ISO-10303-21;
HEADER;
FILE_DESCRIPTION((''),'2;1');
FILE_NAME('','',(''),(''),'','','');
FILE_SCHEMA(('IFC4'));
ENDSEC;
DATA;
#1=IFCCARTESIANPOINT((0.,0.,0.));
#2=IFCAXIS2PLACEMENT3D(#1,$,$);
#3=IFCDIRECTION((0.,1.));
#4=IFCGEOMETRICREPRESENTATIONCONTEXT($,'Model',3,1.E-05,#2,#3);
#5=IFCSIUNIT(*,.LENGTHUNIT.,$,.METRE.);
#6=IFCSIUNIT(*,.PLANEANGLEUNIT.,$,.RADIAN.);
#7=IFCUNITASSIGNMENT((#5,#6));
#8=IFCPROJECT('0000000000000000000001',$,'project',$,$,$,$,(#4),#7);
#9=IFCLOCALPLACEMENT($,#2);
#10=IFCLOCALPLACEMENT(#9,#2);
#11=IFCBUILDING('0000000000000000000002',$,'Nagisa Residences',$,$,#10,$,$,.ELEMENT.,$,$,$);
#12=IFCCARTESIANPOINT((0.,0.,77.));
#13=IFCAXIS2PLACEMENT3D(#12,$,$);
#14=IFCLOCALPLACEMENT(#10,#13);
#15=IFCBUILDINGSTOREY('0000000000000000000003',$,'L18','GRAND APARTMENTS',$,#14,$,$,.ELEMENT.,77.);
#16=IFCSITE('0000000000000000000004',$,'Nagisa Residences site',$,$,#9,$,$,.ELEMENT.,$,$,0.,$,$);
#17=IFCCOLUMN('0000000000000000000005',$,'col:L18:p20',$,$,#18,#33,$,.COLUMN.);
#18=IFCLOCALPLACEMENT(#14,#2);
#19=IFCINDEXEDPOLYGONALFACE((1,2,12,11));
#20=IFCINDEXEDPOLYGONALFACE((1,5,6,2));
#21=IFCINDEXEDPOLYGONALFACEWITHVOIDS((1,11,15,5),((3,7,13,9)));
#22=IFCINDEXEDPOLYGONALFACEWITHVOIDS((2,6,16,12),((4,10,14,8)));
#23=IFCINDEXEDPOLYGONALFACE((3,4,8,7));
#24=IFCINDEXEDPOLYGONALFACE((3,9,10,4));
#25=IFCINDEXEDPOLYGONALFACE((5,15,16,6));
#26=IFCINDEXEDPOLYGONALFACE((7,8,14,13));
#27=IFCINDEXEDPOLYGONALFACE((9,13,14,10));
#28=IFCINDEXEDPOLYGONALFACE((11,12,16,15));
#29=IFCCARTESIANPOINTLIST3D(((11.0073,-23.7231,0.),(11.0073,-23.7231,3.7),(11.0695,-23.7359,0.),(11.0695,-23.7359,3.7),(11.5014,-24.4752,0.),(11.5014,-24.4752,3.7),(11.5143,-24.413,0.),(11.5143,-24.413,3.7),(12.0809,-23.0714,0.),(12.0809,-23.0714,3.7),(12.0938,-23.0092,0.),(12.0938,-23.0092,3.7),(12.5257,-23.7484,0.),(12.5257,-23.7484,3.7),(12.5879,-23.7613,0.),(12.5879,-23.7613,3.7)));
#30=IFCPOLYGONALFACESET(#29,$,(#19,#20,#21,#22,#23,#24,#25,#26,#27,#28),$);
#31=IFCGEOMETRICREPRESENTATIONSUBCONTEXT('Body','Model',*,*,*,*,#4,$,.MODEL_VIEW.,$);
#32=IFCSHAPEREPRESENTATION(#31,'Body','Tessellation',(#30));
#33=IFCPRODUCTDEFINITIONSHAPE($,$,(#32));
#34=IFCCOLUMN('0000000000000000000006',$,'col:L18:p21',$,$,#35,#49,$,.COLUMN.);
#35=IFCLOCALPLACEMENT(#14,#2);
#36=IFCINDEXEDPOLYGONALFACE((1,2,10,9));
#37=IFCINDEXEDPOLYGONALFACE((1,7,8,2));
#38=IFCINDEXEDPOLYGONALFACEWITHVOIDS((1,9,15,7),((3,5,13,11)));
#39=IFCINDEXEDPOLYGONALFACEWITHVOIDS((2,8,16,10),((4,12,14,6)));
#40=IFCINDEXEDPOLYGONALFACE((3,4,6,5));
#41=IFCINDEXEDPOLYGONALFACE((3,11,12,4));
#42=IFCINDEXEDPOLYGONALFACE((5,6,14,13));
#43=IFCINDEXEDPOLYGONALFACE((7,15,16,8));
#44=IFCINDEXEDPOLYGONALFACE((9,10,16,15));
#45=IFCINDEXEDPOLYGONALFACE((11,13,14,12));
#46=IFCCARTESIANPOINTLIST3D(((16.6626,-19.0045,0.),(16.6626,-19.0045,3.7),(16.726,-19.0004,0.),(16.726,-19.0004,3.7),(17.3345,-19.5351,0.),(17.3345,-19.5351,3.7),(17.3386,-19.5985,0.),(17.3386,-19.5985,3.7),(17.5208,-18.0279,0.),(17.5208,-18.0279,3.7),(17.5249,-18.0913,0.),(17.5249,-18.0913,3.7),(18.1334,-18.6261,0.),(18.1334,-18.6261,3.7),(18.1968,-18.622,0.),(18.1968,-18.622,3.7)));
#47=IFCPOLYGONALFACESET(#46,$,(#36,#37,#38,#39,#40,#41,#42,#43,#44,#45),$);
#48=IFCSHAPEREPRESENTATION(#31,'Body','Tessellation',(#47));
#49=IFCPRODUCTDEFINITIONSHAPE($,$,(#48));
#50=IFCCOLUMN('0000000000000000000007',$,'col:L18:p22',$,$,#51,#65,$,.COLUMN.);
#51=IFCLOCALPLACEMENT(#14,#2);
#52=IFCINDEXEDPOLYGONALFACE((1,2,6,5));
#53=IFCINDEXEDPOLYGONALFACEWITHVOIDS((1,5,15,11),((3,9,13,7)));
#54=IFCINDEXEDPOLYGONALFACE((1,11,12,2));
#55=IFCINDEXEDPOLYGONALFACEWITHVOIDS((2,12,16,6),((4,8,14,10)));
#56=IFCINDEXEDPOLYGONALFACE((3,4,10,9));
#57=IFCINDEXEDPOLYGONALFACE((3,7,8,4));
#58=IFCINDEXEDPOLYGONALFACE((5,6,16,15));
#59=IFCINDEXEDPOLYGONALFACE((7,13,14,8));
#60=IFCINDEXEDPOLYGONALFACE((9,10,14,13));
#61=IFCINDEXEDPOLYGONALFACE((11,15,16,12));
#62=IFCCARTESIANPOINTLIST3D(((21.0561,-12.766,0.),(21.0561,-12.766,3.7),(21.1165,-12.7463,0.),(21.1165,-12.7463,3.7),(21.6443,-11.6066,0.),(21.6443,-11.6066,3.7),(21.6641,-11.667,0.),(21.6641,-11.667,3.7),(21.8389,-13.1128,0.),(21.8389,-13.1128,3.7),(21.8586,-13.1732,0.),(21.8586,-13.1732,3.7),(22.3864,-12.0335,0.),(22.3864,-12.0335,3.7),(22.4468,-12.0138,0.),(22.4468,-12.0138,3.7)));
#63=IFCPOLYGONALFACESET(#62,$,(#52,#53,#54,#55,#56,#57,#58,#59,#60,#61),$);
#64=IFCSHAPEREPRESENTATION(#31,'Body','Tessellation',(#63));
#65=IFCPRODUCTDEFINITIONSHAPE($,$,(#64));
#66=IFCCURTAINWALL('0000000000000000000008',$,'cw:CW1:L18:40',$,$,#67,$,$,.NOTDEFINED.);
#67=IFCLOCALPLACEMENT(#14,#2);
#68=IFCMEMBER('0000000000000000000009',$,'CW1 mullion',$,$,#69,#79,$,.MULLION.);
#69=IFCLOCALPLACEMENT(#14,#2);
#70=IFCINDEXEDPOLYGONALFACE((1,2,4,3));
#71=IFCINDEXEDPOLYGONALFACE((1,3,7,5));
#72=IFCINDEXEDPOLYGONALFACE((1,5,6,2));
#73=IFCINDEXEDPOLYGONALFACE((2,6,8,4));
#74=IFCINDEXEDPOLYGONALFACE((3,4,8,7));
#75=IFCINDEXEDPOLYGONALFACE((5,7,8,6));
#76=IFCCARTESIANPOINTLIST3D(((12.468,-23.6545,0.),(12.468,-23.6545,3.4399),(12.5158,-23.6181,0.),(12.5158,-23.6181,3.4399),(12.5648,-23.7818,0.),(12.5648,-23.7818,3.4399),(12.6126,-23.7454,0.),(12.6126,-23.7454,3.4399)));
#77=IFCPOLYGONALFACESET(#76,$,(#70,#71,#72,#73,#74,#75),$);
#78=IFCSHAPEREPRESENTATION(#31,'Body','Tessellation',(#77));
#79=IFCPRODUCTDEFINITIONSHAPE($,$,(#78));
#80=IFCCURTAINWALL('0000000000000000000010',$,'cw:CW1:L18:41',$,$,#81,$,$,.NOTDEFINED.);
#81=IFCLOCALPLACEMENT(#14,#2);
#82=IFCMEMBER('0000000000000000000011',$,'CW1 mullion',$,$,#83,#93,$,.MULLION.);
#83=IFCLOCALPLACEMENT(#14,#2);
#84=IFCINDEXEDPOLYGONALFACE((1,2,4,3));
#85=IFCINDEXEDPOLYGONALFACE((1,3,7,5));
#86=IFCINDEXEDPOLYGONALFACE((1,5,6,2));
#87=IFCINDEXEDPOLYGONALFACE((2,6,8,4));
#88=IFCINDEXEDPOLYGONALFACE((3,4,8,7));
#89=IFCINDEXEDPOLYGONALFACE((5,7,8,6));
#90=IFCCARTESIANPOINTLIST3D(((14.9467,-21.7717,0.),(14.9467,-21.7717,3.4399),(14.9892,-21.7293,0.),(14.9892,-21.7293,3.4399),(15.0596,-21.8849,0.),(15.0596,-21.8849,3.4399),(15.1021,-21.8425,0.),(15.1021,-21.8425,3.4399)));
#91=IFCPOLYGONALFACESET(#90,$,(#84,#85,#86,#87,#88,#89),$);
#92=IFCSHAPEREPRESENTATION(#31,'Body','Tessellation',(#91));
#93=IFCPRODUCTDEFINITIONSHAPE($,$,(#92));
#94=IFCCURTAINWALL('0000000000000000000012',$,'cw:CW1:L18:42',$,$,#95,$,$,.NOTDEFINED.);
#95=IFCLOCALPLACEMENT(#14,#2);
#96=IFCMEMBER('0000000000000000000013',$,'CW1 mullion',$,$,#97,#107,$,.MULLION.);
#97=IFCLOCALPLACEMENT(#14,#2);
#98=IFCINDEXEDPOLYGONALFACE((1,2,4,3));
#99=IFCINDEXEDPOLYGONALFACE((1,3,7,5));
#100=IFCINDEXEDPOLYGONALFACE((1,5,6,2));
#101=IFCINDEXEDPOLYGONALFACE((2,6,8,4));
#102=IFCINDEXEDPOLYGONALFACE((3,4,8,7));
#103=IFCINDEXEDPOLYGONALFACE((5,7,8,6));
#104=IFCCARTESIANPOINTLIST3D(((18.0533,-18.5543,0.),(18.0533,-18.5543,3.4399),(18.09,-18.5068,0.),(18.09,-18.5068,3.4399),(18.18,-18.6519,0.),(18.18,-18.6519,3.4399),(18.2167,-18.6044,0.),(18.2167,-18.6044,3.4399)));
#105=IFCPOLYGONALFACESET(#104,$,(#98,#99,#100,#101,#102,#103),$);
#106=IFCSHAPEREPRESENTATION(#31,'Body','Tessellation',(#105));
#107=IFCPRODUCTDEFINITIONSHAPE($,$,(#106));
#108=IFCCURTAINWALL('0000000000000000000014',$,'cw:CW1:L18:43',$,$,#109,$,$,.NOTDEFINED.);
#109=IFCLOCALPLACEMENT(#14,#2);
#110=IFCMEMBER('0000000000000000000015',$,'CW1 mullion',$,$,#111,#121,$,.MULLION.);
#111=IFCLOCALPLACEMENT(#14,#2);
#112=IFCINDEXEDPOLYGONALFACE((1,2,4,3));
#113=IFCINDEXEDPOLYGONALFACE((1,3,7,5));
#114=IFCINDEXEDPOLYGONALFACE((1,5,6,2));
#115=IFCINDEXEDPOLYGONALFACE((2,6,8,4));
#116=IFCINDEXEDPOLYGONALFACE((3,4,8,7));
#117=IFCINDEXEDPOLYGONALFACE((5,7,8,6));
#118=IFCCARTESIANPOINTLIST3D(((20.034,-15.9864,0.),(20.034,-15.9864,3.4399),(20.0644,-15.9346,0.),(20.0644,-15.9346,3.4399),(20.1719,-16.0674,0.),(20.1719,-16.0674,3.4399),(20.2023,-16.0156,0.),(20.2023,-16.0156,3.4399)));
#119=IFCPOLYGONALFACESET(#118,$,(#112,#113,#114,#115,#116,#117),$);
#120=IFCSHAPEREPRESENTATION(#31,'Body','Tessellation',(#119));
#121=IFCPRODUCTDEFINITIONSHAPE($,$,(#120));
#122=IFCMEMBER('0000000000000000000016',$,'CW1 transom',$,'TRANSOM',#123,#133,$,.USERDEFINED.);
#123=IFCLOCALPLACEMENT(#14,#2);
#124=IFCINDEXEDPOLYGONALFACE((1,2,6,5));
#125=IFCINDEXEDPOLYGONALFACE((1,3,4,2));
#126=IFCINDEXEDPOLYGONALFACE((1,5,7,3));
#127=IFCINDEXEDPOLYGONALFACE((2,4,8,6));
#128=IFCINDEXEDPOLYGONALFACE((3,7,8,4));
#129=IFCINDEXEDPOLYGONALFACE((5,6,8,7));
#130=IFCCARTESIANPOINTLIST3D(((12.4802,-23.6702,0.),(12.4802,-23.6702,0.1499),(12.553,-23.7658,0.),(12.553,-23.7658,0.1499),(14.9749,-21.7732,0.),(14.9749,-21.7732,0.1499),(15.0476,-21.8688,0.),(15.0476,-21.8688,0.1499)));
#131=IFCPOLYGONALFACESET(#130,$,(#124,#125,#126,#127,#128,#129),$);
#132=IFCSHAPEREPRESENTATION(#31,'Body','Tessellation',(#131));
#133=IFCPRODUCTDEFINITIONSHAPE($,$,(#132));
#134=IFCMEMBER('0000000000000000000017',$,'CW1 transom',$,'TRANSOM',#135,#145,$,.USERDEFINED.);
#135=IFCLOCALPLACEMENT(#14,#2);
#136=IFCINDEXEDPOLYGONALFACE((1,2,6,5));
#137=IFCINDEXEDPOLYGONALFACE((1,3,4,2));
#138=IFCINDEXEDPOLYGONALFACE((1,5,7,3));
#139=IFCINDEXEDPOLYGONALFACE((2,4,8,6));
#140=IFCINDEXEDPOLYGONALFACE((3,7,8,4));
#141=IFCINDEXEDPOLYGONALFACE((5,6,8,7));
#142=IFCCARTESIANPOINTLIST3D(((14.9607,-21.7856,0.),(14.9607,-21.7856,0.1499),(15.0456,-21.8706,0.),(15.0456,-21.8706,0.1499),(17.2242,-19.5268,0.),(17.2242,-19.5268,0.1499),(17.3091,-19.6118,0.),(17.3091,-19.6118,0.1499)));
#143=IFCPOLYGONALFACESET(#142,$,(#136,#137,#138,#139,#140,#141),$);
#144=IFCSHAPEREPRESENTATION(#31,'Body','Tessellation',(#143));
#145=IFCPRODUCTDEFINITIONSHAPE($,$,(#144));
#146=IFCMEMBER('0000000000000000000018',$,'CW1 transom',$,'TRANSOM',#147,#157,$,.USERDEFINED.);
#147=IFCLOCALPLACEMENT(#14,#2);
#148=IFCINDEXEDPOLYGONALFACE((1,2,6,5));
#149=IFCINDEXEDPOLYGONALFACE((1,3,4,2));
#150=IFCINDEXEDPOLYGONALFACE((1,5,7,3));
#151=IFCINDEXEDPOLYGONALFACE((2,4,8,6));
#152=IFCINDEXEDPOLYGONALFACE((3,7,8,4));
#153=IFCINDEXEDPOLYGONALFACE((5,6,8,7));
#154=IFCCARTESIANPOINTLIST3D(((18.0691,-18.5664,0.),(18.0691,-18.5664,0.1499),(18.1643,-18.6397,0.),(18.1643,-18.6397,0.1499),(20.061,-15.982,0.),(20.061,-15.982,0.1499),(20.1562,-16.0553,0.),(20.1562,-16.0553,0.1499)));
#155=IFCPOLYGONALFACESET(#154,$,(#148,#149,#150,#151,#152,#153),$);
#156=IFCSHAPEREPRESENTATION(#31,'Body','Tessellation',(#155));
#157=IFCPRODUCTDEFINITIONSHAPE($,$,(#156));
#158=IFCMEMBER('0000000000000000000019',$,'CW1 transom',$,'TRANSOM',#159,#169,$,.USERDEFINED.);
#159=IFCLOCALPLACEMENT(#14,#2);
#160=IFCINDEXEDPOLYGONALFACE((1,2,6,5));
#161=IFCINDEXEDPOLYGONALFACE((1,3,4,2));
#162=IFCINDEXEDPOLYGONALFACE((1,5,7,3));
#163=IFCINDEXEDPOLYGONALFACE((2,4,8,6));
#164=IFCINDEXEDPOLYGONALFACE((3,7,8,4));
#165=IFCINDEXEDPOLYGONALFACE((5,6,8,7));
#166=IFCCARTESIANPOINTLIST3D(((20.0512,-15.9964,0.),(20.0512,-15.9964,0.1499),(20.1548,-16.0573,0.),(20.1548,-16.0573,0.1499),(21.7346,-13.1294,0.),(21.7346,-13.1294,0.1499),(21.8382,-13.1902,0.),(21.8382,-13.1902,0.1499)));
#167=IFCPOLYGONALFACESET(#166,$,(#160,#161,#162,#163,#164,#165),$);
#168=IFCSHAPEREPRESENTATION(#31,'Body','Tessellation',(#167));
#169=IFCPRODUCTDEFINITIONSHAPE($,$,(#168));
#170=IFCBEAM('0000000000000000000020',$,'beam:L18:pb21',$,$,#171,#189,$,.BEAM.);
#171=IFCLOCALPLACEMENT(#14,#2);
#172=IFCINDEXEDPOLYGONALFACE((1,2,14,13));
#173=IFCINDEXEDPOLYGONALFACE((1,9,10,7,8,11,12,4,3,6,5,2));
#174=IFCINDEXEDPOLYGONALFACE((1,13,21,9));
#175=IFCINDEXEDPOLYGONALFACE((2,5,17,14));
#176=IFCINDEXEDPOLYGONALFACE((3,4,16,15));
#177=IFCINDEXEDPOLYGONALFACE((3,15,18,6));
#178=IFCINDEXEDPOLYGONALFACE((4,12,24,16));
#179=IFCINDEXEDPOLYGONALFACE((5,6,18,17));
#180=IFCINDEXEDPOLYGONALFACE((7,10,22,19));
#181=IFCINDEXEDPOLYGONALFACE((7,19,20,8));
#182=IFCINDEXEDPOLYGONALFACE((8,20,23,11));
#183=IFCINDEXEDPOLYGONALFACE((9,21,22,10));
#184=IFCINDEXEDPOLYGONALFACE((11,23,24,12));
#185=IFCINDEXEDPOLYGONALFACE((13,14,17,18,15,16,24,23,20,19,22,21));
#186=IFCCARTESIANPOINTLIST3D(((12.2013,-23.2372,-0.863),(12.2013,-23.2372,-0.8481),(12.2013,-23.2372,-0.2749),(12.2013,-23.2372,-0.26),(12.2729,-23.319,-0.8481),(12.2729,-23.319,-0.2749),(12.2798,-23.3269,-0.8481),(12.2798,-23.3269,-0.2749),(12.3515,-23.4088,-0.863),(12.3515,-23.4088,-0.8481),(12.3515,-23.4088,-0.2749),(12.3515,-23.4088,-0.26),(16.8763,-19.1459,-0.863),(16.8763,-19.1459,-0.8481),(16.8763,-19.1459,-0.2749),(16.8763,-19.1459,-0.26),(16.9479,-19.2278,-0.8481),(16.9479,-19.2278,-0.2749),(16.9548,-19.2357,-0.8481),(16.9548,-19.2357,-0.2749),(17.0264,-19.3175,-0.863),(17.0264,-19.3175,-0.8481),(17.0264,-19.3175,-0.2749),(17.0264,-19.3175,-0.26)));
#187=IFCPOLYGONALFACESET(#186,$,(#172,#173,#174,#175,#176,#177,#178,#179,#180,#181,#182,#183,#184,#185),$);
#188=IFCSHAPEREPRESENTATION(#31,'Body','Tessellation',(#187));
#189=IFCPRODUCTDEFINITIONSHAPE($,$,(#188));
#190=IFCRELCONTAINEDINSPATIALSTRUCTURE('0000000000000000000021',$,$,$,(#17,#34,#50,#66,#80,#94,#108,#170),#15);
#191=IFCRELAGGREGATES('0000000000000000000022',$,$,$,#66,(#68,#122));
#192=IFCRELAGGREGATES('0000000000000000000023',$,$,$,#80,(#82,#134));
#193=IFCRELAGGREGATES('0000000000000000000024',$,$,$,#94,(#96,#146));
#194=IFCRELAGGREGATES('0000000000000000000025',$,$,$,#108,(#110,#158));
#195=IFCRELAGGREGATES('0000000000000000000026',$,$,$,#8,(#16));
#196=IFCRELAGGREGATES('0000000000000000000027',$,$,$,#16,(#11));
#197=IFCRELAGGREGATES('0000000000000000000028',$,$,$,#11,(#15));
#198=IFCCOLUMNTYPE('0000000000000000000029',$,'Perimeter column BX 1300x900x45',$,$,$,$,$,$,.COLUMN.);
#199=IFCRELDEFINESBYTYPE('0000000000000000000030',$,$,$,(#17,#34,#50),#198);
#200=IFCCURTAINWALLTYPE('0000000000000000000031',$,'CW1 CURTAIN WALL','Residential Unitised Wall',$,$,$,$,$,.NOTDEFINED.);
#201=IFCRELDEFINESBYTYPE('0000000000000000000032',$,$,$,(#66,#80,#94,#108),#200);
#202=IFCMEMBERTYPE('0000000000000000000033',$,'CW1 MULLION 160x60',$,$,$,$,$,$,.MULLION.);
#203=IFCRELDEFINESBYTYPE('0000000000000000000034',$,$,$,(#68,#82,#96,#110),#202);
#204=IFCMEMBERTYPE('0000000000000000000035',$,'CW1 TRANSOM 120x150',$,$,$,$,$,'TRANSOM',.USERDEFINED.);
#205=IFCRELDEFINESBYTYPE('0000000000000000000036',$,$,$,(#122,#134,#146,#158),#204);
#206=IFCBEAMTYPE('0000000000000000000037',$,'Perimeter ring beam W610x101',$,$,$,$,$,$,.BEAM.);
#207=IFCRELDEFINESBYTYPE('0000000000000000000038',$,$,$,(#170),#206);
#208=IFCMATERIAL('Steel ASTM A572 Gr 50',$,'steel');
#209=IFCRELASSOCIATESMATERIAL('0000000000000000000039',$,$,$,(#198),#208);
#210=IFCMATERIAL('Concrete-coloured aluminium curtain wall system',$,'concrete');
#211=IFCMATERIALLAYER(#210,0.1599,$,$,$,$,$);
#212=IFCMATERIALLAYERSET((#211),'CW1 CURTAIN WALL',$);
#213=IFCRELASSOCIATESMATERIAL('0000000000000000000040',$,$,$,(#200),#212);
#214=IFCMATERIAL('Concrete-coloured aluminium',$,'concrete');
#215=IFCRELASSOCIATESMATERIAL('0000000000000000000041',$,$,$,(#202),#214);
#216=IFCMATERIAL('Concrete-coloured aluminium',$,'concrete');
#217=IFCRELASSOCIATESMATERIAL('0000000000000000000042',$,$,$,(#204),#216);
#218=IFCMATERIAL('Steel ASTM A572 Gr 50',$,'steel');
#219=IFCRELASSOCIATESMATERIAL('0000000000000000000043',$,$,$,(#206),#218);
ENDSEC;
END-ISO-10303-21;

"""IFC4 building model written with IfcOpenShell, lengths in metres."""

from ifc_helpers import new_model, si_unit, direction, frame, origin, origin_2d, place, context, subcontext, project, spatial, rectangle, hollow_rectangle, i_section, extrude, material, layer, layer_set, material_profile, profile_set, type_object, element, aggregate, save


model = new_model("IFC4")

# Units and contexts
model_context = context("Model", 3, precision=1e-05, world=origin(), true_north=direction((0.0, 1.0)))
body_context = subcontext(model_context, "Body", "Model", "MODEL_VIEW")
ifc_project = project(units=[si_unit("LENGTHUNIT", "METRE"), si_unit("PLANEANGLEUNIT", "RADIAN")], contexts=[model_context])

# Site, building, storey
site_placement = place(None, origin())
site = spatial("IfcSite", under=ifc_project, at=site_placement, Name="Nagisa Residences site", CompositionType="ELEMENT", RefElevation=0.0)
building_placement = place(site_placement, origin())
building = spatial("IfcBuilding", under=site, at=building_placement, Name="Nagisa Residences", CompositionType="ELEMENT")
storey_placement = place(building_placement, frame((0.0, 0.0, 77.0)))
storey = spatial("IfcBuildingStorey", under=building, at=storey_placement, Name="L18", Description="GRAND APARTMENTS", CompositionType="ELEMENT", Elevation=77.0)

# Columns
ifc_material_1 = material(Name="Steel ASTM A572 Gr 50", Category="steel")
ifc_material_profile_1 = material_profile(ifc_material_1, hollow_rectangle(XDim=1.3, YDim=0.8999, WallThickness=0.0449, at=origin_2d()), Name="BX 1300x900x45")
ifc_profile_set_1 = profile_set([ifc_material_profile_1], Name="Steel ASTM A572 Gr 50")
column_type = type_object("IfcColumnType", Name="Perimeter column BX 1300x900x45", PredefinedType="COLUMN", material=ifc_profile_set_1)
for number, where, z_axis, x_axis, name in (
    (1, (11.7976, -23.7422, 0.0), (0.0, 0.0, 1.0), (0.835766, 0.549086, 0.0), "col:L18:p20"),
    (2, (17.4297, -18.8132, 0.0), (0.0, 0.0, 1.0), (0.660115, 0.751165, 0.0), "col:L18:p21"),
    (3, (21.7515, -12.3899, 0.0), (0.0, 0.0, 1.0), (0.452463, 0.891783, 0.0), "col:L18:p22"),
):
    element("IfcColumn", number, at=place(storey_placement, frame(where, z_axis=z_axis, x_axis=x_axis)), inside=storey, type_object=column_type, Name=name, PredefinedType="COLUMN", context=body_context, shape_type="SweptSolid", body=[
        extrude(hollow_rectangle(XDim=1.3, YDim=0.8999, WallThickness=0.0449, at=origin_2d()), origin(), (0.0, 0.0, 1.0), 3.7),
    ])

# Curtain walls, members
ifc_material_2 = material(Name="Concrete-coloured aluminium curtain wall system", Category="concrete")
ifc_layer_1 = layer(ifc_material_2, 0.1599)
ifc_layer_set_1 = layer_set([ifc_layer_1], Name="CW1 CURTAIN WALL")
curtain_wall_type = type_object("IfcCurtainWallType", Name="CW1 CURTAIN WALL", Description="Residential Unitised Wall", PredefinedType="NOTDEFINED", material=ifc_layer_set_1)
curtain_wall_1_placement = place(storey_placement, origin())
curtain_wall_1 = element("IfcCurtainWall", 4, at=curtain_wall_1_placement, inside=storey, type_object=curtain_wall_type, Name="cw:CW1:L18:40", PredefinedType="NOTDEFINED")
ifc_material_3 = material(Name="Concrete-coloured aluminium", Category="concrete")
ifc_material_profile_2 = material_profile(ifc_material_3, rectangle(XDim=0.1599, YDim=0.0601, at=origin_2d()), Name="CW1 MULLION 160x60")
ifc_profile_set_2 = profile_set([ifc_material_profile_2], Name="Concrete-coloured aluminium")
member_type_1 = type_object("IfcMemberType", Name="CW1 MULLION 160x60", PredefinedType="MULLION", material=ifc_profile_set_2)
member_1_placement = place(storey_placement, frame((12.5403, -23.7, 0.0), z_axis=(0.0, 0.0, 1.0), x_axis=(-0.605255, 0.796031, 0.0)))
member_1 = element("IfcMember", 5, at=member_1_placement, type_object=member_type_1, Name="CW1 mullion", PredefinedType="MULLION", context=body_context, shape_type="SweptSolid", body=[
    extrude(rectangle(XDim=0.1599, YDim=0.0601, at=origin_2d()), origin(), (0.0, 0.0, 1.0), 3.4399),
])
curtain_wall_2_placement = place(storey_placement, origin())
curtain_wall_2 = element("IfcCurtainWall", 6, at=curtain_wall_2_placement, inside=storey, type_object=curtain_wall_type, Name="cw:CW1:L18:41", PredefinedType="NOTDEFINED")
member_2_placement = place(storey_placement, frame((15.0244, -21.8071, 0.0), z_axis=(0.0, 0.0, 1.0), x_axis=(-0.706377, 0.707836, 0.0)))
member_2 = element("IfcMember", 7, at=member_2_placement, type_object=member_type_1, Name="CW1 mullion", PredefinedType="MULLION", context=body_context, shape_type="SweptSolid", body=[
    extrude(rectangle(XDim=0.1599, YDim=0.0601, at=origin_2d()), origin(), (0.0, 0.0, 1.0), 3.4399),
])
curtain_wall_3_placement = place(storey_placement, origin())
curtain_wall_3 = element("IfcCurtainWall", 8, at=curtain_wall_3_placement, inside=storey, type_object=curtain_wall_type, Name="cw:CW1:L18:42", PredefinedType="NOTDEFINED")
member_3_placement = place(storey_placement, frame((18.135, -18.5793, 0.0), z_axis=(0.0, 0.0, 1.0), x_axis=(-0.79207, 0.61043, 0.0)))
member_3 = element("IfcMember", 9, at=member_3_placement, type_object=member_type_1, Name="CW1 mullion", PredefinedType="MULLION", context=body_context, shape_type="SweptSolid", body=[
    extrude(rectangle(XDim=0.1599, YDim=0.0601, at=origin_2d()), origin(), (0.0, 0.0, 1.0), 3.4399),
])
curtain_wall_4_placement = place(storey_placement, origin())
curtain_wall_4 = element("IfcCurtainWall", 10, at=curtain_wall_4_placement, inside=storey, type_object=curtain_wall_type, Name="cw:CW1:L18:43", PredefinedType="NOTDEFINED")
member_4_placement = place(storey_placement, frame((20.1182, -16.001, 0.0), z_axis=(0.0, 0.0, 1.0), x_axis=(-0.862329, 0.506349, 0.0)))
member_4 = element("IfcMember", 11, at=member_4_placement, type_object=member_type_1, Name="CW1 mullion", PredefinedType="MULLION", context=body_context, shape_type="SweptSolid", body=[
    extrude(rectangle(XDim=0.1599, YDim=0.0601, at=origin_2d()), origin(), (0.0, 0.0, 1.0), 3.4399),
])

# Members
ifc_material_4 = material(Name="Concrete-coloured aluminium", Category="concrete")
ifc_material_profile_3 = material_profile(ifc_material_4, rectangle(XDim=0.1201, YDim=0.1499, at=origin_2d()), Name="CW1 TRANSOM 120x150")
ifc_profile_set_3 = profile_set([ifc_material_profile_3], Name="Concrete-coloured aluminium")
member_type_2 = type_object("IfcMemberType", Name="CW1 TRANSOM 120x150", ElementType="TRANSOM", PredefinedType="USERDEFINED", material=ifc_profile_set_3)
member_5_placement = place(storey_placement, frame((12.5166, -23.718, 0.075), z_axis=(0.796, 0.605297, 0.0), x_axis=(-0.605297, 0.796, 0.0)))
member_5 = element("IfcMember", 12, at=member_5_placement, type_object=member_type_2, Name="CW1 transom", ObjectType="TRANSOM", PredefinedType="USERDEFINED", context=body_context, shape_type="SweptSolid", body=[
    extrude(rectangle(XDim=0.1201, YDim=0.1499, at=origin_2d()), origin(), (0.0, 0.0, 1.0), 3.134),
])
member_6_placement = place(storey_placement, frame((15.0032, -21.8281, 0.075), z_axis=(0.707832, 0.706381, 0.0), x_axis=(-0.706381, 0.707832, 0.0)))
member_6 = element("IfcMember", 13, at=member_6_placement, type_object=member_type_2, Name="CW1 transom", ObjectType="TRANSOM", PredefinedType="USERDEFINED", context=body_context, shape_type="SweptSolid", body=[
    extrude(rectangle(XDim=0.1201, YDim=0.1499, at=origin_2d()), origin(), (0.0, 0.0, 1.0), 3.1978),
])
member_7_placement = place(storey_placement, frame((18.1167, -18.603, 0.075), z_axis=(0.610459, 0.792048, 0.0), x_axis=(-0.792048, 0.610459, 0.0)))
member_7 = element("IfcMember", 14, at=member_7_placement, type_object=member_type_2, Name="CW1 transom", ObjectType="TRANSOM", PredefinedType="USERDEFINED", context=body_context, shape_type="SweptSolid", body=[
    extrude(rectangle(XDim=0.1201, YDim=0.1499, at=origin_2d()), origin(), (0.0, 0.0, 1.0), 3.2629),
])
member_8_placement = place(storey_placement, frame((20.103, -16.0269, 0.075), z_axis=(0.50633, 0.86234, 0.0), x_axis=(-0.86234, 0.50633, 0.0)))
member_8 = element("IfcMember", 15, at=member_8_placement, type_object=member_type_2, Name="CW1 transom", ObjectType="TRANSOM", PredefinedType="USERDEFINED", context=body_context, shape_type="SweptSolid", body=[
    extrude(rectangle(XDim=0.1201, YDim=0.1499, at=origin_2d()), origin(), (0.0, 0.0, 1.0), 3.3247),
])

# Beam
ifc_material_5 = material(Name="Steel ASTM A572 Gr 50", Category="steel")
ifc_material_profile_4 = material_profile(ifc_material_5, i_section(OverallWidth=0.228, OverallDepth=0.603, WebThickness=0.0105, FlangeThickness=0.0149, at=origin_2d()), Name="W610x101")
ifc_profile_set_4 = profile_set([ifc_material_profile_4], Name="Steel ASTM A572 Gr 50")
beam_type_1 = type_object("IfcBeamType", Name="Perimeter ring beam W610x101", PredefinedType="BEAM", material=ifc_profile_set_4)
beam_1_placement = place(storey_placement, frame((12.2764, -23.323, -0.5615), z_axis=(0.752526, 0.658563, 0.0), x_axis=(-0.658563, 0.752526, 0.0)))
element("IfcBeam", 16, at=beam_1_placement, inside=storey, type_object=beam_type_1, Name="beam:L18:pb21", PredefinedType="BEAM", context=body_context, shape_type="SweptSolid", body=[
    extrude(i_section(OverallWidth=0.228, OverallDepth=0.603, WebThickness=0.0105, FlangeThickness=0.0149, at=origin_2d()), origin(), (0.0, 0.0, 1.0), 6.2124),
])

aggregate(curtain_wall_1, [member_1, member_5])
aggregate(curtain_wall_2, [member_2, member_6])
aggregate(curtain_wall_3, [member_3, member_7])
aggregate(curtain_wall_4, [member_4, member_8])

save(model, "model.ifc")
